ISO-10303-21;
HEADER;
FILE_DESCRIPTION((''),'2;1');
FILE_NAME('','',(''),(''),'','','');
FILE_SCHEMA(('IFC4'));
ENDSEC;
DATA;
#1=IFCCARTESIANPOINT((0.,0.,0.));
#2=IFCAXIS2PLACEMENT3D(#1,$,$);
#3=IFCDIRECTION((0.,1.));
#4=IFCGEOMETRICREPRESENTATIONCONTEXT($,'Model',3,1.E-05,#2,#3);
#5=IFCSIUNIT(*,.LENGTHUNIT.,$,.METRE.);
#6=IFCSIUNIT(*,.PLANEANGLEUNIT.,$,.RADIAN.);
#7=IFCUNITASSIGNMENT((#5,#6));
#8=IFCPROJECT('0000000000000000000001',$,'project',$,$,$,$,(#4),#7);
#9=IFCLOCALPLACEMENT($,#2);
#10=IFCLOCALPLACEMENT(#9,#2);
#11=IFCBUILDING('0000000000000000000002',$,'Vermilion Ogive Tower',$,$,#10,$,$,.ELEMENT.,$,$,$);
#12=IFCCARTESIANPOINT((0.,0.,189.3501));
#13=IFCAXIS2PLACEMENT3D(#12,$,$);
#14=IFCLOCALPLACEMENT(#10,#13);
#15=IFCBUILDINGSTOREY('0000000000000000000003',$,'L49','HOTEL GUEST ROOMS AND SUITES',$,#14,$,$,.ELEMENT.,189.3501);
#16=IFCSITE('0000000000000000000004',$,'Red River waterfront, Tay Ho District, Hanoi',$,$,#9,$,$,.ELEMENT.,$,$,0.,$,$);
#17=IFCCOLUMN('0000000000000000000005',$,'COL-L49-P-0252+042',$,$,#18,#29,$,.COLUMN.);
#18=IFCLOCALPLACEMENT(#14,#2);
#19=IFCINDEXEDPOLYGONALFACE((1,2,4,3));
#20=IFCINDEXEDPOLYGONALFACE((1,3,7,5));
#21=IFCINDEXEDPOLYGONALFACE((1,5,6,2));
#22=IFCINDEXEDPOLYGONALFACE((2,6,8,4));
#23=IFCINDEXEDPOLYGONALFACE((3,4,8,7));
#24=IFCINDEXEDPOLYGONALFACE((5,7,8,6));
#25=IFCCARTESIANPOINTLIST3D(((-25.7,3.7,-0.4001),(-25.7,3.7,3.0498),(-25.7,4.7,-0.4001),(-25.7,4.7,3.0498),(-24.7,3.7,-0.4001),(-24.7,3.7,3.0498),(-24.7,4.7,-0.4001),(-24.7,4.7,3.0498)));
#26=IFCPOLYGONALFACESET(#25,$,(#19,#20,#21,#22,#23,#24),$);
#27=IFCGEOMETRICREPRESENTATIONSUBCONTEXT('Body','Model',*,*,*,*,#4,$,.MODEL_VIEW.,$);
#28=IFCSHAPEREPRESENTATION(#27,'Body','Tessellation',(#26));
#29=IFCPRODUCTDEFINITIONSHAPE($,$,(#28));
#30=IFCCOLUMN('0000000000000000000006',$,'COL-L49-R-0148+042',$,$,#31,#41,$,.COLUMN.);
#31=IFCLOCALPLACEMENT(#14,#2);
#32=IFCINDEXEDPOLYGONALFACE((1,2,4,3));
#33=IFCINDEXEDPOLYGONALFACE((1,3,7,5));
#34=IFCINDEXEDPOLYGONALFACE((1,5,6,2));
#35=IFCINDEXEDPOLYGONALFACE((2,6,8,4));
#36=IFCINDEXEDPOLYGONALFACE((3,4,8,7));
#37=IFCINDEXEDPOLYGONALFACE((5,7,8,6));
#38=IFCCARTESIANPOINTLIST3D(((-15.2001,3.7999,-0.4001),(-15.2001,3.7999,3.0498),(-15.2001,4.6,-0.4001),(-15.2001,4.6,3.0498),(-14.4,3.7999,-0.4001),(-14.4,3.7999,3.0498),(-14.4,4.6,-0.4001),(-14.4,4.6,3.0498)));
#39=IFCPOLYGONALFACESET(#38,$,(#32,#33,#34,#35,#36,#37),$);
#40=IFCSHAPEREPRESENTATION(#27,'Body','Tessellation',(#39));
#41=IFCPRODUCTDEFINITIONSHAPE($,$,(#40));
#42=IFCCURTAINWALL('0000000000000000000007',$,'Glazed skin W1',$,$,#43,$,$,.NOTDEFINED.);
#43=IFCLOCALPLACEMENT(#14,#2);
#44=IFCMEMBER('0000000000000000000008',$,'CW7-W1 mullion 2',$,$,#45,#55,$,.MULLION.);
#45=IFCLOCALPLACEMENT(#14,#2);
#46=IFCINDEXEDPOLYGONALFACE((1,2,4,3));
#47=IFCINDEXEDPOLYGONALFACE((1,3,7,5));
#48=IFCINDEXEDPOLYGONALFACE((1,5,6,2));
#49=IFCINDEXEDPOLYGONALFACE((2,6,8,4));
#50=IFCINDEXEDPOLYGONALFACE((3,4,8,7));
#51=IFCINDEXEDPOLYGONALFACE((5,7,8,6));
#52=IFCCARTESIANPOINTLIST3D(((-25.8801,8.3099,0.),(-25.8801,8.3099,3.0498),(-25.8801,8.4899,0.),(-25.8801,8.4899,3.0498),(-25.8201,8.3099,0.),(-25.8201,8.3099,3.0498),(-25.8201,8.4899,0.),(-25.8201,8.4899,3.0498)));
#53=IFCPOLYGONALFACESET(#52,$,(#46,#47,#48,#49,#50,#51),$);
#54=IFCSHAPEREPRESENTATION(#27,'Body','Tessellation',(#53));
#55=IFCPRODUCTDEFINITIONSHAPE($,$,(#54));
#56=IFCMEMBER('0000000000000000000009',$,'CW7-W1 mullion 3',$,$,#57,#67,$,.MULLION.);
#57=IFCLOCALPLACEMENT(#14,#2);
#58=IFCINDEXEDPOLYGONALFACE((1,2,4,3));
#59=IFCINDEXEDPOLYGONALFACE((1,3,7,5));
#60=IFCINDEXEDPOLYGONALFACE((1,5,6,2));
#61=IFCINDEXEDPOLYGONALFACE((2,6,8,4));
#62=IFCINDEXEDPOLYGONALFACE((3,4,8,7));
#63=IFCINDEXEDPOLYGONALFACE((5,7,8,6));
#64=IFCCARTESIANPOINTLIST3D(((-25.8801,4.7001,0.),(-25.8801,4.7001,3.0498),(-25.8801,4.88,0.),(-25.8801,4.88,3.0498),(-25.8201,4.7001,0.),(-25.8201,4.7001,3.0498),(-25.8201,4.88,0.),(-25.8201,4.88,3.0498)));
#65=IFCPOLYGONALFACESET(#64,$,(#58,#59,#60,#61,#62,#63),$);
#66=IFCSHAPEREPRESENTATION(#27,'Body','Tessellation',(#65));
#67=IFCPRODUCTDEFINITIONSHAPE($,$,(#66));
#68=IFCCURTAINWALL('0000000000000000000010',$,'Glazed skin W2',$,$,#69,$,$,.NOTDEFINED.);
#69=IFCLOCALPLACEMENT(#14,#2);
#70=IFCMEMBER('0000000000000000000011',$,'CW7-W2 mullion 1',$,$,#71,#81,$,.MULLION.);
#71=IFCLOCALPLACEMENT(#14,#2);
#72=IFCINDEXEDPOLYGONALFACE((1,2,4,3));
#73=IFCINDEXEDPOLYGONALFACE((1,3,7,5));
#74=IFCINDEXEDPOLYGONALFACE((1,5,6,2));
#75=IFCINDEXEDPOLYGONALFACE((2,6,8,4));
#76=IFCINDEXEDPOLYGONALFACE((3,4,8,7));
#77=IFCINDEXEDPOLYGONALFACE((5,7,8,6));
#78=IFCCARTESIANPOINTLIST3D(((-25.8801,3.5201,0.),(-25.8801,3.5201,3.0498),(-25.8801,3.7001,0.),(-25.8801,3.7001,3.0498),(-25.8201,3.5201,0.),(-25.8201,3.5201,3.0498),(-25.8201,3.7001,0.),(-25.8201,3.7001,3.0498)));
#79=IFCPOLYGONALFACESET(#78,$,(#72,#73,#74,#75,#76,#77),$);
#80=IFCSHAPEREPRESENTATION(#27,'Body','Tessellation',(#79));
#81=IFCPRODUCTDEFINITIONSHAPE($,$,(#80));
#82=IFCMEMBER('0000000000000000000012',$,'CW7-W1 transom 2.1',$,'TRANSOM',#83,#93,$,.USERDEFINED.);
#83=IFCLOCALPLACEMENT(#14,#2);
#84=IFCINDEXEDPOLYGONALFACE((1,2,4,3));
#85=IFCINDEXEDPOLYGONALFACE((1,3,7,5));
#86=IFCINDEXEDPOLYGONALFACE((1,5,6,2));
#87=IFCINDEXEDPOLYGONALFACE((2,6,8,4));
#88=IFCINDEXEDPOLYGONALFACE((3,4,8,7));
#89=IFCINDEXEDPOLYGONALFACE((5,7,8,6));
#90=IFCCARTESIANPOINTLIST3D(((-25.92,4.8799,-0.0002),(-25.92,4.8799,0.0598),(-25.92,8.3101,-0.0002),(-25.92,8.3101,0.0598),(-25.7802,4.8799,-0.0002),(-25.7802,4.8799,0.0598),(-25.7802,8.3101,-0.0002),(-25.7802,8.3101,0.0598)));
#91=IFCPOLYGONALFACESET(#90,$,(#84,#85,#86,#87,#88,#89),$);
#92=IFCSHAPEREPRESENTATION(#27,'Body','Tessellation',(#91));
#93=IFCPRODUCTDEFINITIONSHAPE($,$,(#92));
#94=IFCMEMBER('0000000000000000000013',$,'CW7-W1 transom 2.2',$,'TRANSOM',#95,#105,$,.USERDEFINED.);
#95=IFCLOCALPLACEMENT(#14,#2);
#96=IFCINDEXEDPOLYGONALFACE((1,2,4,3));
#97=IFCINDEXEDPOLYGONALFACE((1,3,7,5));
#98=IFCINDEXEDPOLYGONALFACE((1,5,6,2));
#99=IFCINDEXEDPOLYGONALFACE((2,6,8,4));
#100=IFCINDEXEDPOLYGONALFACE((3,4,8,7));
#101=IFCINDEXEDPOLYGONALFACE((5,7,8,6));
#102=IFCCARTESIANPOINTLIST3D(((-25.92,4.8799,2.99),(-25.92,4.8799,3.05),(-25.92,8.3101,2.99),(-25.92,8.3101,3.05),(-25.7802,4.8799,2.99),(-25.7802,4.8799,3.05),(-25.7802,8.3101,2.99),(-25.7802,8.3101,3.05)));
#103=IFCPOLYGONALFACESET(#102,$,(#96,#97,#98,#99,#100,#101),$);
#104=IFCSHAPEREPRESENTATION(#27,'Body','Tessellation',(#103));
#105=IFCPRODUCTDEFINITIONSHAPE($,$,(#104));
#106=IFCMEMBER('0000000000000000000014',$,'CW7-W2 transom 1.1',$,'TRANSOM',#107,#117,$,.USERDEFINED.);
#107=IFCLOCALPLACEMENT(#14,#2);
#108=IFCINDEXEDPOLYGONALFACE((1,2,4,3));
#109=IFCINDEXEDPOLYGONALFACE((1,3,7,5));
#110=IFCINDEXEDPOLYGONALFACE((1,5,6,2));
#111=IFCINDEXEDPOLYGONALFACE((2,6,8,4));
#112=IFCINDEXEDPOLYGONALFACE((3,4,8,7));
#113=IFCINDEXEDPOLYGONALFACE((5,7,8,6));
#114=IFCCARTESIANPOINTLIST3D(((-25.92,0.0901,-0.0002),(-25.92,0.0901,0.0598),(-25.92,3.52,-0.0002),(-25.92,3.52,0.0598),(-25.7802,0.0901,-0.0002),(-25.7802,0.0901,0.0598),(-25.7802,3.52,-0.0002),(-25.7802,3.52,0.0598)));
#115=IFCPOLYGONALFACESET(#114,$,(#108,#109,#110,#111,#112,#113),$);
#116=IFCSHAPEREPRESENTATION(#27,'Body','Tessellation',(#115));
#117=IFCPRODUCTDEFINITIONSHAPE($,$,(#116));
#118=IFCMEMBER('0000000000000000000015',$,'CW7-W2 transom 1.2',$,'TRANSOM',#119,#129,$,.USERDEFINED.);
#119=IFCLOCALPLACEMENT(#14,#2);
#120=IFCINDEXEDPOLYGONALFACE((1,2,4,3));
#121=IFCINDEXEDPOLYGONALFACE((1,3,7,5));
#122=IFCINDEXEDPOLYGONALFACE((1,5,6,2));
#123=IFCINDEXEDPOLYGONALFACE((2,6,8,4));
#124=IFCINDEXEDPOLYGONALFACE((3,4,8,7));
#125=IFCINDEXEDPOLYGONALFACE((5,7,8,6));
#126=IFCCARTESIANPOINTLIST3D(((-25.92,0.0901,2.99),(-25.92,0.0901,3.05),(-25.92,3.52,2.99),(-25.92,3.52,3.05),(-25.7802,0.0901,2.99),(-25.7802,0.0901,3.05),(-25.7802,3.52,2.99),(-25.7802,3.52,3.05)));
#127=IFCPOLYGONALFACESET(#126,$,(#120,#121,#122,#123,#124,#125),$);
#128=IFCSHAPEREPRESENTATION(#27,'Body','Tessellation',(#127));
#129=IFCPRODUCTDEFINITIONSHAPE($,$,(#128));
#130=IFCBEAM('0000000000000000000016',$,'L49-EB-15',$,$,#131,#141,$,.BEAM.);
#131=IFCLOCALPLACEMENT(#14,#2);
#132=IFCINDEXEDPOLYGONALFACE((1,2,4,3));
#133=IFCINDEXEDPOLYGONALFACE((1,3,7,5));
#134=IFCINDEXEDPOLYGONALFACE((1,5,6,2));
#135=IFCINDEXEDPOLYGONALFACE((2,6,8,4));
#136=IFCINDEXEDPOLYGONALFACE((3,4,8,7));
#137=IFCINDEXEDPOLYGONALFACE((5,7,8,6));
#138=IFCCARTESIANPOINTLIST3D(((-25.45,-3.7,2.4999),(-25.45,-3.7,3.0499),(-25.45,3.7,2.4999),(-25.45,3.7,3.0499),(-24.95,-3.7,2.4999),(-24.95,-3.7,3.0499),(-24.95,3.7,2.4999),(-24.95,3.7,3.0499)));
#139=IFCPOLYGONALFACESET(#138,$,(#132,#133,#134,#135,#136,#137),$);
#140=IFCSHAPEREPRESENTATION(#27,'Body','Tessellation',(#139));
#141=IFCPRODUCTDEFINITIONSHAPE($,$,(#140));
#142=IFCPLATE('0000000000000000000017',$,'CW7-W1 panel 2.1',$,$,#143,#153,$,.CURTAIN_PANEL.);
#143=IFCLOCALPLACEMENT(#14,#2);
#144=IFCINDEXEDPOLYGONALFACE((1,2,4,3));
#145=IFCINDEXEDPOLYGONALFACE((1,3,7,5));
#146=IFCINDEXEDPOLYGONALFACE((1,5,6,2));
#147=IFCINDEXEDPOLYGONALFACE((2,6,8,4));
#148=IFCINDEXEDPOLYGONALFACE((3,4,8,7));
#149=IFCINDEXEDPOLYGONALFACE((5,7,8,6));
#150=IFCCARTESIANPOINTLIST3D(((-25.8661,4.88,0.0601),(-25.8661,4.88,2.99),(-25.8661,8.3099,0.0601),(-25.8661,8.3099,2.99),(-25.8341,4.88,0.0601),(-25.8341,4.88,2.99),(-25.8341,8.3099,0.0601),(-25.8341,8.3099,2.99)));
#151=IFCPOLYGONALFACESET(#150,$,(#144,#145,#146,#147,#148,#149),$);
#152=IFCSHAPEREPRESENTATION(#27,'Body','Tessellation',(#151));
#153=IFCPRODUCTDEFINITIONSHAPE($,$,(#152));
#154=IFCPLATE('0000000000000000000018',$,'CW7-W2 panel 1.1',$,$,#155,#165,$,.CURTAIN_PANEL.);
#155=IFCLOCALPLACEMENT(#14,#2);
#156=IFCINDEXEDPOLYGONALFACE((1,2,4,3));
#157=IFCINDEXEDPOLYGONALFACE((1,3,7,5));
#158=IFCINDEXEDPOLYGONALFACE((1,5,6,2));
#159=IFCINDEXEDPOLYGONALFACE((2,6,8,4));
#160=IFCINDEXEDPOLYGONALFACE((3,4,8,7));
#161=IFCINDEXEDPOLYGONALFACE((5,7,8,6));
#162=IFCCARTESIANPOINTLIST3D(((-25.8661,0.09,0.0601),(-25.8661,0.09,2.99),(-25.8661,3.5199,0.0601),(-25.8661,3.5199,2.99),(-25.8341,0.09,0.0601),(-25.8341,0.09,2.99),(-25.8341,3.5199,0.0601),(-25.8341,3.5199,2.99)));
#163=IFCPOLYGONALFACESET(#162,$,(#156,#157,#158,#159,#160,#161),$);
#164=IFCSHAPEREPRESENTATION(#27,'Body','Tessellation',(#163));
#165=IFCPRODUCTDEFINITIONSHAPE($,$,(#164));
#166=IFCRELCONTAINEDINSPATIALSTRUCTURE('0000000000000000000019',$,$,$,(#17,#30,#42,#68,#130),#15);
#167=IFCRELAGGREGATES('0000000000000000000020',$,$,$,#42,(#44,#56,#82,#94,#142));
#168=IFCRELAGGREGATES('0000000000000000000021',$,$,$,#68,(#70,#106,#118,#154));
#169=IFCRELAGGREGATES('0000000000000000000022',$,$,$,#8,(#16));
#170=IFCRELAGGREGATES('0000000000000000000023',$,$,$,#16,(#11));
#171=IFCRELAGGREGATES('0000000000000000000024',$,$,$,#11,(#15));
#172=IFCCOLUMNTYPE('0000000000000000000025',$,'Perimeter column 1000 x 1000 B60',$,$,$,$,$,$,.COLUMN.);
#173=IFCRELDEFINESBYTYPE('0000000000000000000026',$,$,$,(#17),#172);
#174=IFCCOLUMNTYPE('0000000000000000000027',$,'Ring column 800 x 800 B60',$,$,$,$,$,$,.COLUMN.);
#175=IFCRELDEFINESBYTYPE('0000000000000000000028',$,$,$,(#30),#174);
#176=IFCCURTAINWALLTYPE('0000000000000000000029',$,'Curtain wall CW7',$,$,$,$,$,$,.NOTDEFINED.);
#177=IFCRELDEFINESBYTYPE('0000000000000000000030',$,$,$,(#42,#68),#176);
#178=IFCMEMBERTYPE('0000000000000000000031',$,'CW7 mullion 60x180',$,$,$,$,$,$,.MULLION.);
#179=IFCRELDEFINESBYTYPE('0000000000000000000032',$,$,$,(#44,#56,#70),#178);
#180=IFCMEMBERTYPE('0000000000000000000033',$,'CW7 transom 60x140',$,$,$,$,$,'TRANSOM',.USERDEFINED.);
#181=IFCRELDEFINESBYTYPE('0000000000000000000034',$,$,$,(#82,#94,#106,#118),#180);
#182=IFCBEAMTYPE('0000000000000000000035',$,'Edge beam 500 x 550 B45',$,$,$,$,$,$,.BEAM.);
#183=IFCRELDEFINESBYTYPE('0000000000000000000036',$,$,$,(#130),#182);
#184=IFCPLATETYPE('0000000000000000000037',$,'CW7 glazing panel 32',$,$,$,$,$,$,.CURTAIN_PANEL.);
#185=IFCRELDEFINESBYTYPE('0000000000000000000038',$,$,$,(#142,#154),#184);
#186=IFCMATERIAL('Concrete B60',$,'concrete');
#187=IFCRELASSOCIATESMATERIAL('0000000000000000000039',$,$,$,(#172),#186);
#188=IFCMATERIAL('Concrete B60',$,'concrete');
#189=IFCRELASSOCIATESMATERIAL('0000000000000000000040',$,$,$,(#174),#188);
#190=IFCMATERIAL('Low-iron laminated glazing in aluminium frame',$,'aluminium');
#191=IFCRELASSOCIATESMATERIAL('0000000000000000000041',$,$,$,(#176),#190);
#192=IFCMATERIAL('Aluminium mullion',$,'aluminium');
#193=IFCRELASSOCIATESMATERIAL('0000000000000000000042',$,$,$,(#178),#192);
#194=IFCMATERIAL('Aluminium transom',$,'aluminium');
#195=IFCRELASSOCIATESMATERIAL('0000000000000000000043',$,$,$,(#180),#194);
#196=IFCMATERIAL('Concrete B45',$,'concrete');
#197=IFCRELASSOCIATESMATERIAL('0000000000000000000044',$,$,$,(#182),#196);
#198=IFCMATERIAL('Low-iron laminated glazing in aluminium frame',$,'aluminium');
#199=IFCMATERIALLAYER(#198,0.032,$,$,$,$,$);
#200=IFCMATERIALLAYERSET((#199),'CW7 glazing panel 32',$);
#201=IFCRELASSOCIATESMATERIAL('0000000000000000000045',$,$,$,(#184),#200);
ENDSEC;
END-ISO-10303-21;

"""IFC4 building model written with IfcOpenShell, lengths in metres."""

from ifc_helpers import new_model, si_unit, direction, frame, origin, origin_2d, place, context, subcontext, project, spatial, rectangle, extrude, material, layer, layer_set, material_profile, profile_set, type_object, element, aggregate, save


model = new_model("IFC4")

# Units and contexts
model_context = context("Model", 3, precision=1e-05, world=origin(), true_north=direction((0.0, 1.0)))
body_context = subcontext(model_context, "Body", "Model", "MODEL_VIEW")
ifc_project = project(units=[si_unit("LENGTHUNIT", "METRE"), si_unit("PLANEANGLEUNIT", "RADIAN")], contexts=[model_context])

# Site, building, storey
site_placement = place(None, origin())
site = spatial("IfcSite", under=ifc_project, at=site_placement, Name="Red River waterfront, Tay Ho District, Hanoi", CompositionType="ELEMENT", RefElevation=0.0)
building_placement = place(site_placement, origin())
building = spatial("IfcBuilding", under=site, at=building_placement, Name="Vermilion Ogive Tower", CompositionType="ELEMENT")
storey_placement = place(building_placement, frame((0.0, 0.0, 189.3501)))
storey = spatial("IfcBuildingStorey", under=building, at=storey_placement, Name="L49", Description="HOTEL GUEST ROOMS AND SUITES", CompositionType="ELEMENT", Elevation=189.3501)

# Columns
ifc_material_1 = material(Name="Concrete B60", Category="concrete")
ifc_material_profile_1 = material_profile(ifc_material_1, rectangle(XDim=1.0, YDim=1.0, at=origin_2d()), Name="1000 x 1000")
ifc_profile_set_1 = profile_set([ifc_material_profile_1], Name="Concrete B60")
column_type_1 = type_object("IfcColumnType", Name="Perimeter column 1000 x 1000 B60", PredefinedType="COLUMN", material=ifc_profile_set_1)
column_1_placement = place(storey_placement, frame((-25.2, 4.2, -0.4001), z_axis=(0.0, 0.0, 1.0), x_axis=(1.0, 0.0, 0.0)))
element("IfcColumn", 1, at=column_1_placement, inside=storey, type_object=column_type_1, Name="COL-L49-P-0252+042", PredefinedType="COLUMN", context=body_context, shape_type="SweptSolid", body=[
    extrude(rectangle(XDim=1.0, YDim=1.0, at=origin_2d()), origin(), (0.0, 0.0, 1.0), 3.45),
])
ifc_material_2 = material(Name="Concrete B60", Category="concrete")
ifc_material_profile_2 = material_profile(ifc_material_2, rectangle(XDim=0.8, YDim=0.8, at=origin_2d()), Name="800 x 800")
ifc_profile_set_2 = profile_set([ifc_material_profile_2], Name="Concrete B60")
column_type_2 = type_object("IfcColumnType", Name="Ring column 800 x 800 B60", PredefinedType="COLUMN", material=ifc_profile_set_2)
column_2_placement = place(storey_placement, frame((-14.8, 4.2, -0.4001), z_axis=(0.0, 0.0, 1.0), x_axis=(1.0, 0.0, 0.0)))
element("IfcColumn", 2, at=column_2_placement, inside=storey, type_object=column_type_2, Name="COL-L49-R-0148+042", PredefinedType="COLUMN", context=body_context, shape_type="SweptSolid", body=[
    extrude(rectangle(XDim=0.8, YDim=0.8, at=origin_2d()), origin(), (0.0, 0.0, 1.0), 3.45),
])

# Curtain wall, members
ifc_material_3 = material(Name="Low-iron laminated glazing in aluminium frame", Category="aluminium")
curtain_wall_type = type_object("IfcCurtainWallType", Name="Curtain wall CW7", PredefinedType="NOTDEFINED", material=ifc_material_3)
curtain_wall_1_placement = place(storey_placement, origin())
curtain_wall_1 = element("IfcCurtainWall", 3, at=curtain_wall_1_placement, inside=storey, type_object=curtain_wall_type, Name="Glazed skin W1", PredefinedType="NOTDEFINED")
ifc_material_4 = material(Name="Aluminium mullion", Category="aluminium")
ifc_material_profile_3 = material_profile(ifc_material_4, rectangle(XDim=0.0601, YDim=0.1799, at=origin_2d()), Name="AL 60x180")
ifc_profile_set_3 = profile_set([ifc_material_profile_3], Name="Aluminium mullion")
member_type_1 = type_object("IfcMemberType", Name="CW7 mullion 60x180", PredefinedType="MULLION", material=ifc_profile_set_3)
member_1_placement = place(storey_placement, frame((-25.8501, 8.3999, 0.0), z_axis=(0.0, 0.0, 1.0), x_axis=(1.0, 0.0, 0.0)))
member_1 = element("IfcMember", 4, at=member_1_placement, type_object=member_type_1, Name="CW7-W1 mullion 2", PredefinedType="MULLION", context=body_context, shape_type="SweptSolid", body=[
    extrude(rectangle(XDim=0.0601, YDim=0.1799, at=origin_2d()), origin(), (0.0, 0.0, 1.0), 3.0498),
])
member_2_placement = place(storey_placement, frame((-25.8501, 4.79, 0.0), z_axis=(0.0, 0.0, 1.0), x_axis=(1.0, 0.0, 0.0)))
member_2 = element("IfcMember", 5, at=member_2_placement, type_object=member_type_1, Name="CW7-W1 mullion 3", PredefinedType="MULLION", context=body_context, shape_type="SweptSolid", body=[
    extrude(rectangle(XDim=0.0601, YDim=0.1799, at=origin_2d()), origin(), (0.0, 0.0, 1.0), 3.0498),
])

# Curtain wall, member
curtain_wall_2_placement = place(storey_placement, origin())
curtain_wall_2 = element("IfcCurtainWall", 6, at=curtain_wall_2_placement, inside=storey, type_object=curtain_wall_type, Name="Glazed skin W2", PredefinedType="NOTDEFINED")
member_3_placement = place(storey_placement, frame((-25.8501, 3.6101, 0.0), z_axis=(0.0, 0.0, 1.0), x_axis=(1.0, 0.0, 0.0)))
member_3 = element("IfcMember", 7, at=member_3_placement, type_object=member_type_1, Name="CW7-W2 mullion 1", PredefinedType="MULLION", context=body_context, shape_type="SweptSolid", body=[
    extrude(rectangle(XDim=0.0601, YDim=0.1799, at=origin_2d()), origin(), (0.0, 0.0, 1.0), 3.0498),
])

# Members
ifc_material_5 = material(Name="Aluminium transom", Category="aluminium")
ifc_material_profile_4 = material_profile(ifc_material_5, rectangle(XDim=0.1399, YDim=0.0601, at=origin_2d()), Name="AL 60x140")
ifc_profile_set_4 = profile_set([ifc_material_profile_4], Name="Aluminium transom")
member_type_2 = type_object("IfcMemberType", Name="CW7 transom 60x140", ElementType="TRANSOM", PredefinedType="USERDEFINED", material=ifc_profile_set_4)
member_4_placement = place(storey_placement, frame((-25.8501, 8.3101, 0.0298), z_axis=(0.0, -1.0, 0.0), x_axis=(1.0, 0.0, 0.0)))
member_4 = element("IfcMember", 8, at=member_4_placement, type_object=member_type_2, Name="CW7-W1 transom 2.1", ObjectType="TRANSOM", PredefinedType="USERDEFINED", context=body_context, shape_type="SweptSolid", body=[
    extrude(rectangle(XDim=0.1399, YDim=0.0601, at=origin_2d()), origin(), (0.0, 0.0, 1.0), 3.4302),
])
member_5_placement = place(storey_placement, frame((-25.8501, 8.3101, 3.02), z_axis=(0.0, -1.0, 0.0), x_axis=(1.0, 0.0, 0.0)))
member_5 = element("IfcMember", 9, at=member_5_placement, type_object=member_type_2, Name="CW7-W1 transom 2.2", ObjectType="TRANSOM", PredefinedType="USERDEFINED", context=body_context, shape_type="SweptSolid", body=[
    extrude(rectangle(XDim=0.1399, YDim=0.0601, at=origin_2d()), origin(), (0.0, 0.0, 1.0), 3.4302),
])
member_6_placement = place(storey_placement, frame((-25.8501, 3.52, 0.0298), z_axis=(0.0, -1.0, 0.0), x_axis=(1.0, 0.0, 0.0)))
member_6 = element("IfcMember", 10, at=member_6_placement, type_object=member_type_2, Name="CW7-W2 transom 1.1", ObjectType="TRANSOM", PredefinedType="USERDEFINED", context=body_context, shape_type="SweptSolid", body=[
    extrude(rectangle(XDim=0.1399, YDim=0.0601, at=origin_2d()), origin(), (0.0, 0.0, 1.0), 3.4299),
])
member_7_placement = place(storey_placement, frame((-25.8501, 3.52, 3.02), z_axis=(0.0, -1.0, 0.0), x_axis=(1.0, 0.0, 0.0)))
member_7 = element("IfcMember", 11, at=member_7_placement, type_object=member_type_2, Name="CW7-W2 transom 1.2", ObjectType="TRANSOM", PredefinedType="USERDEFINED", context=body_context, shape_type="SweptSolid", body=[
    extrude(rectangle(XDim=0.1399, YDim=0.0601, at=origin_2d()), origin(), (0.0, 0.0, 1.0), 3.4299),
])

# Beam
ifc_material_6 = material(Name="Concrete B45", Category="concrete")
ifc_material_profile_5 = material_profile(ifc_material_6, rectangle(XDim=0.5, YDim=0.55, at=origin_2d()), Name="500 x 550")
ifc_profile_set_5 = profile_set([ifc_material_profile_5], Name="Concrete B45")
beam_type = type_object("IfcBeamType", Name="Edge beam 500 x 550 B45", PredefinedType="BEAM", material=ifc_profile_set_5)
beam_placement = place(storey_placement, frame((-25.2, 3.7, 2.7749), z_axis=(0.0, -1.0, 0.0), x_axis=(1.0, 0.0, 0.0)))
element("IfcBeam", 12, at=beam_placement, inside=storey, type_object=beam_type, Name="L49-EB-15", PredefinedType="BEAM", context=body_context, shape_type="SweptSolid", body=[
    extrude(rectangle(XDim=0.5, YDim=0.55, at=origin_2d()), origin(), (0.0, 0.0, 1.0), 7.3999),
])

# Plates
ifc_material_7 = material(Name="Low-iron laminated glazing in aluminium frame", Category="aluminium")
ifc_layer_1 = layer(ifc_material_7, 0.032)
ifc_layer_set_1 = layer_set([ifc_layer_1], Name="CW7 glazing panel 32")
plate_type = type_object("IfcPlateType", Name="CW7 glazing panel 32", PredefinedType="CURTAIN_PANEL", material=ifc_layer_set_1)
plate_1_placement = place(storey_placement, frame((-25.8501, 6.595, 0.0601), z_axis=(0.0, 0.0, 1.0), x_axis=(0.0, -1.0, 0.0)))
plate_1 = element("IfcPlate", 13, at=plate_1_placement, type_object=plate_type, Name="CW7-W1 panel 2.1", PredefinedType="CURTAIN_PANEL", context=body_context, shape_type="SweptSolid", body=[
    extrude(rectangle(XDim=3.4299, YDim=0.032, at=origin_2d()), origin(), (0.0, 0.0, 1.0), 2.9299),
])
aggregate(curtain_wall_1, [member_1, member_2, member_4, member_5, plate_1])
plate_2_placement = place(storey_placement, frame((-25.8501, 1.8049, 0.0601), z_axis=(0.0, 0.0, 1.0), x_axis=(0.0, -1.0, 0.0)))
plate_2 = element("IfcPlate", 14, at=plate_2_placement, type_object=plate_type, Name="CW7-W2 panel 1.1", PredefinedType="CURTAIN_PANEL", context=body_context, shape_type="SweptSolid", body=[
    extrude(rectangle(XDim=3.4299, YDim=0.032, at=origin_2d()), origin(), (0.0, 0.0, 1.0), 2.9299),
])
aggregate(curtain_wall_2, [member_3, member_6, member_7, plate_2])

save(model, "model.ifc")
